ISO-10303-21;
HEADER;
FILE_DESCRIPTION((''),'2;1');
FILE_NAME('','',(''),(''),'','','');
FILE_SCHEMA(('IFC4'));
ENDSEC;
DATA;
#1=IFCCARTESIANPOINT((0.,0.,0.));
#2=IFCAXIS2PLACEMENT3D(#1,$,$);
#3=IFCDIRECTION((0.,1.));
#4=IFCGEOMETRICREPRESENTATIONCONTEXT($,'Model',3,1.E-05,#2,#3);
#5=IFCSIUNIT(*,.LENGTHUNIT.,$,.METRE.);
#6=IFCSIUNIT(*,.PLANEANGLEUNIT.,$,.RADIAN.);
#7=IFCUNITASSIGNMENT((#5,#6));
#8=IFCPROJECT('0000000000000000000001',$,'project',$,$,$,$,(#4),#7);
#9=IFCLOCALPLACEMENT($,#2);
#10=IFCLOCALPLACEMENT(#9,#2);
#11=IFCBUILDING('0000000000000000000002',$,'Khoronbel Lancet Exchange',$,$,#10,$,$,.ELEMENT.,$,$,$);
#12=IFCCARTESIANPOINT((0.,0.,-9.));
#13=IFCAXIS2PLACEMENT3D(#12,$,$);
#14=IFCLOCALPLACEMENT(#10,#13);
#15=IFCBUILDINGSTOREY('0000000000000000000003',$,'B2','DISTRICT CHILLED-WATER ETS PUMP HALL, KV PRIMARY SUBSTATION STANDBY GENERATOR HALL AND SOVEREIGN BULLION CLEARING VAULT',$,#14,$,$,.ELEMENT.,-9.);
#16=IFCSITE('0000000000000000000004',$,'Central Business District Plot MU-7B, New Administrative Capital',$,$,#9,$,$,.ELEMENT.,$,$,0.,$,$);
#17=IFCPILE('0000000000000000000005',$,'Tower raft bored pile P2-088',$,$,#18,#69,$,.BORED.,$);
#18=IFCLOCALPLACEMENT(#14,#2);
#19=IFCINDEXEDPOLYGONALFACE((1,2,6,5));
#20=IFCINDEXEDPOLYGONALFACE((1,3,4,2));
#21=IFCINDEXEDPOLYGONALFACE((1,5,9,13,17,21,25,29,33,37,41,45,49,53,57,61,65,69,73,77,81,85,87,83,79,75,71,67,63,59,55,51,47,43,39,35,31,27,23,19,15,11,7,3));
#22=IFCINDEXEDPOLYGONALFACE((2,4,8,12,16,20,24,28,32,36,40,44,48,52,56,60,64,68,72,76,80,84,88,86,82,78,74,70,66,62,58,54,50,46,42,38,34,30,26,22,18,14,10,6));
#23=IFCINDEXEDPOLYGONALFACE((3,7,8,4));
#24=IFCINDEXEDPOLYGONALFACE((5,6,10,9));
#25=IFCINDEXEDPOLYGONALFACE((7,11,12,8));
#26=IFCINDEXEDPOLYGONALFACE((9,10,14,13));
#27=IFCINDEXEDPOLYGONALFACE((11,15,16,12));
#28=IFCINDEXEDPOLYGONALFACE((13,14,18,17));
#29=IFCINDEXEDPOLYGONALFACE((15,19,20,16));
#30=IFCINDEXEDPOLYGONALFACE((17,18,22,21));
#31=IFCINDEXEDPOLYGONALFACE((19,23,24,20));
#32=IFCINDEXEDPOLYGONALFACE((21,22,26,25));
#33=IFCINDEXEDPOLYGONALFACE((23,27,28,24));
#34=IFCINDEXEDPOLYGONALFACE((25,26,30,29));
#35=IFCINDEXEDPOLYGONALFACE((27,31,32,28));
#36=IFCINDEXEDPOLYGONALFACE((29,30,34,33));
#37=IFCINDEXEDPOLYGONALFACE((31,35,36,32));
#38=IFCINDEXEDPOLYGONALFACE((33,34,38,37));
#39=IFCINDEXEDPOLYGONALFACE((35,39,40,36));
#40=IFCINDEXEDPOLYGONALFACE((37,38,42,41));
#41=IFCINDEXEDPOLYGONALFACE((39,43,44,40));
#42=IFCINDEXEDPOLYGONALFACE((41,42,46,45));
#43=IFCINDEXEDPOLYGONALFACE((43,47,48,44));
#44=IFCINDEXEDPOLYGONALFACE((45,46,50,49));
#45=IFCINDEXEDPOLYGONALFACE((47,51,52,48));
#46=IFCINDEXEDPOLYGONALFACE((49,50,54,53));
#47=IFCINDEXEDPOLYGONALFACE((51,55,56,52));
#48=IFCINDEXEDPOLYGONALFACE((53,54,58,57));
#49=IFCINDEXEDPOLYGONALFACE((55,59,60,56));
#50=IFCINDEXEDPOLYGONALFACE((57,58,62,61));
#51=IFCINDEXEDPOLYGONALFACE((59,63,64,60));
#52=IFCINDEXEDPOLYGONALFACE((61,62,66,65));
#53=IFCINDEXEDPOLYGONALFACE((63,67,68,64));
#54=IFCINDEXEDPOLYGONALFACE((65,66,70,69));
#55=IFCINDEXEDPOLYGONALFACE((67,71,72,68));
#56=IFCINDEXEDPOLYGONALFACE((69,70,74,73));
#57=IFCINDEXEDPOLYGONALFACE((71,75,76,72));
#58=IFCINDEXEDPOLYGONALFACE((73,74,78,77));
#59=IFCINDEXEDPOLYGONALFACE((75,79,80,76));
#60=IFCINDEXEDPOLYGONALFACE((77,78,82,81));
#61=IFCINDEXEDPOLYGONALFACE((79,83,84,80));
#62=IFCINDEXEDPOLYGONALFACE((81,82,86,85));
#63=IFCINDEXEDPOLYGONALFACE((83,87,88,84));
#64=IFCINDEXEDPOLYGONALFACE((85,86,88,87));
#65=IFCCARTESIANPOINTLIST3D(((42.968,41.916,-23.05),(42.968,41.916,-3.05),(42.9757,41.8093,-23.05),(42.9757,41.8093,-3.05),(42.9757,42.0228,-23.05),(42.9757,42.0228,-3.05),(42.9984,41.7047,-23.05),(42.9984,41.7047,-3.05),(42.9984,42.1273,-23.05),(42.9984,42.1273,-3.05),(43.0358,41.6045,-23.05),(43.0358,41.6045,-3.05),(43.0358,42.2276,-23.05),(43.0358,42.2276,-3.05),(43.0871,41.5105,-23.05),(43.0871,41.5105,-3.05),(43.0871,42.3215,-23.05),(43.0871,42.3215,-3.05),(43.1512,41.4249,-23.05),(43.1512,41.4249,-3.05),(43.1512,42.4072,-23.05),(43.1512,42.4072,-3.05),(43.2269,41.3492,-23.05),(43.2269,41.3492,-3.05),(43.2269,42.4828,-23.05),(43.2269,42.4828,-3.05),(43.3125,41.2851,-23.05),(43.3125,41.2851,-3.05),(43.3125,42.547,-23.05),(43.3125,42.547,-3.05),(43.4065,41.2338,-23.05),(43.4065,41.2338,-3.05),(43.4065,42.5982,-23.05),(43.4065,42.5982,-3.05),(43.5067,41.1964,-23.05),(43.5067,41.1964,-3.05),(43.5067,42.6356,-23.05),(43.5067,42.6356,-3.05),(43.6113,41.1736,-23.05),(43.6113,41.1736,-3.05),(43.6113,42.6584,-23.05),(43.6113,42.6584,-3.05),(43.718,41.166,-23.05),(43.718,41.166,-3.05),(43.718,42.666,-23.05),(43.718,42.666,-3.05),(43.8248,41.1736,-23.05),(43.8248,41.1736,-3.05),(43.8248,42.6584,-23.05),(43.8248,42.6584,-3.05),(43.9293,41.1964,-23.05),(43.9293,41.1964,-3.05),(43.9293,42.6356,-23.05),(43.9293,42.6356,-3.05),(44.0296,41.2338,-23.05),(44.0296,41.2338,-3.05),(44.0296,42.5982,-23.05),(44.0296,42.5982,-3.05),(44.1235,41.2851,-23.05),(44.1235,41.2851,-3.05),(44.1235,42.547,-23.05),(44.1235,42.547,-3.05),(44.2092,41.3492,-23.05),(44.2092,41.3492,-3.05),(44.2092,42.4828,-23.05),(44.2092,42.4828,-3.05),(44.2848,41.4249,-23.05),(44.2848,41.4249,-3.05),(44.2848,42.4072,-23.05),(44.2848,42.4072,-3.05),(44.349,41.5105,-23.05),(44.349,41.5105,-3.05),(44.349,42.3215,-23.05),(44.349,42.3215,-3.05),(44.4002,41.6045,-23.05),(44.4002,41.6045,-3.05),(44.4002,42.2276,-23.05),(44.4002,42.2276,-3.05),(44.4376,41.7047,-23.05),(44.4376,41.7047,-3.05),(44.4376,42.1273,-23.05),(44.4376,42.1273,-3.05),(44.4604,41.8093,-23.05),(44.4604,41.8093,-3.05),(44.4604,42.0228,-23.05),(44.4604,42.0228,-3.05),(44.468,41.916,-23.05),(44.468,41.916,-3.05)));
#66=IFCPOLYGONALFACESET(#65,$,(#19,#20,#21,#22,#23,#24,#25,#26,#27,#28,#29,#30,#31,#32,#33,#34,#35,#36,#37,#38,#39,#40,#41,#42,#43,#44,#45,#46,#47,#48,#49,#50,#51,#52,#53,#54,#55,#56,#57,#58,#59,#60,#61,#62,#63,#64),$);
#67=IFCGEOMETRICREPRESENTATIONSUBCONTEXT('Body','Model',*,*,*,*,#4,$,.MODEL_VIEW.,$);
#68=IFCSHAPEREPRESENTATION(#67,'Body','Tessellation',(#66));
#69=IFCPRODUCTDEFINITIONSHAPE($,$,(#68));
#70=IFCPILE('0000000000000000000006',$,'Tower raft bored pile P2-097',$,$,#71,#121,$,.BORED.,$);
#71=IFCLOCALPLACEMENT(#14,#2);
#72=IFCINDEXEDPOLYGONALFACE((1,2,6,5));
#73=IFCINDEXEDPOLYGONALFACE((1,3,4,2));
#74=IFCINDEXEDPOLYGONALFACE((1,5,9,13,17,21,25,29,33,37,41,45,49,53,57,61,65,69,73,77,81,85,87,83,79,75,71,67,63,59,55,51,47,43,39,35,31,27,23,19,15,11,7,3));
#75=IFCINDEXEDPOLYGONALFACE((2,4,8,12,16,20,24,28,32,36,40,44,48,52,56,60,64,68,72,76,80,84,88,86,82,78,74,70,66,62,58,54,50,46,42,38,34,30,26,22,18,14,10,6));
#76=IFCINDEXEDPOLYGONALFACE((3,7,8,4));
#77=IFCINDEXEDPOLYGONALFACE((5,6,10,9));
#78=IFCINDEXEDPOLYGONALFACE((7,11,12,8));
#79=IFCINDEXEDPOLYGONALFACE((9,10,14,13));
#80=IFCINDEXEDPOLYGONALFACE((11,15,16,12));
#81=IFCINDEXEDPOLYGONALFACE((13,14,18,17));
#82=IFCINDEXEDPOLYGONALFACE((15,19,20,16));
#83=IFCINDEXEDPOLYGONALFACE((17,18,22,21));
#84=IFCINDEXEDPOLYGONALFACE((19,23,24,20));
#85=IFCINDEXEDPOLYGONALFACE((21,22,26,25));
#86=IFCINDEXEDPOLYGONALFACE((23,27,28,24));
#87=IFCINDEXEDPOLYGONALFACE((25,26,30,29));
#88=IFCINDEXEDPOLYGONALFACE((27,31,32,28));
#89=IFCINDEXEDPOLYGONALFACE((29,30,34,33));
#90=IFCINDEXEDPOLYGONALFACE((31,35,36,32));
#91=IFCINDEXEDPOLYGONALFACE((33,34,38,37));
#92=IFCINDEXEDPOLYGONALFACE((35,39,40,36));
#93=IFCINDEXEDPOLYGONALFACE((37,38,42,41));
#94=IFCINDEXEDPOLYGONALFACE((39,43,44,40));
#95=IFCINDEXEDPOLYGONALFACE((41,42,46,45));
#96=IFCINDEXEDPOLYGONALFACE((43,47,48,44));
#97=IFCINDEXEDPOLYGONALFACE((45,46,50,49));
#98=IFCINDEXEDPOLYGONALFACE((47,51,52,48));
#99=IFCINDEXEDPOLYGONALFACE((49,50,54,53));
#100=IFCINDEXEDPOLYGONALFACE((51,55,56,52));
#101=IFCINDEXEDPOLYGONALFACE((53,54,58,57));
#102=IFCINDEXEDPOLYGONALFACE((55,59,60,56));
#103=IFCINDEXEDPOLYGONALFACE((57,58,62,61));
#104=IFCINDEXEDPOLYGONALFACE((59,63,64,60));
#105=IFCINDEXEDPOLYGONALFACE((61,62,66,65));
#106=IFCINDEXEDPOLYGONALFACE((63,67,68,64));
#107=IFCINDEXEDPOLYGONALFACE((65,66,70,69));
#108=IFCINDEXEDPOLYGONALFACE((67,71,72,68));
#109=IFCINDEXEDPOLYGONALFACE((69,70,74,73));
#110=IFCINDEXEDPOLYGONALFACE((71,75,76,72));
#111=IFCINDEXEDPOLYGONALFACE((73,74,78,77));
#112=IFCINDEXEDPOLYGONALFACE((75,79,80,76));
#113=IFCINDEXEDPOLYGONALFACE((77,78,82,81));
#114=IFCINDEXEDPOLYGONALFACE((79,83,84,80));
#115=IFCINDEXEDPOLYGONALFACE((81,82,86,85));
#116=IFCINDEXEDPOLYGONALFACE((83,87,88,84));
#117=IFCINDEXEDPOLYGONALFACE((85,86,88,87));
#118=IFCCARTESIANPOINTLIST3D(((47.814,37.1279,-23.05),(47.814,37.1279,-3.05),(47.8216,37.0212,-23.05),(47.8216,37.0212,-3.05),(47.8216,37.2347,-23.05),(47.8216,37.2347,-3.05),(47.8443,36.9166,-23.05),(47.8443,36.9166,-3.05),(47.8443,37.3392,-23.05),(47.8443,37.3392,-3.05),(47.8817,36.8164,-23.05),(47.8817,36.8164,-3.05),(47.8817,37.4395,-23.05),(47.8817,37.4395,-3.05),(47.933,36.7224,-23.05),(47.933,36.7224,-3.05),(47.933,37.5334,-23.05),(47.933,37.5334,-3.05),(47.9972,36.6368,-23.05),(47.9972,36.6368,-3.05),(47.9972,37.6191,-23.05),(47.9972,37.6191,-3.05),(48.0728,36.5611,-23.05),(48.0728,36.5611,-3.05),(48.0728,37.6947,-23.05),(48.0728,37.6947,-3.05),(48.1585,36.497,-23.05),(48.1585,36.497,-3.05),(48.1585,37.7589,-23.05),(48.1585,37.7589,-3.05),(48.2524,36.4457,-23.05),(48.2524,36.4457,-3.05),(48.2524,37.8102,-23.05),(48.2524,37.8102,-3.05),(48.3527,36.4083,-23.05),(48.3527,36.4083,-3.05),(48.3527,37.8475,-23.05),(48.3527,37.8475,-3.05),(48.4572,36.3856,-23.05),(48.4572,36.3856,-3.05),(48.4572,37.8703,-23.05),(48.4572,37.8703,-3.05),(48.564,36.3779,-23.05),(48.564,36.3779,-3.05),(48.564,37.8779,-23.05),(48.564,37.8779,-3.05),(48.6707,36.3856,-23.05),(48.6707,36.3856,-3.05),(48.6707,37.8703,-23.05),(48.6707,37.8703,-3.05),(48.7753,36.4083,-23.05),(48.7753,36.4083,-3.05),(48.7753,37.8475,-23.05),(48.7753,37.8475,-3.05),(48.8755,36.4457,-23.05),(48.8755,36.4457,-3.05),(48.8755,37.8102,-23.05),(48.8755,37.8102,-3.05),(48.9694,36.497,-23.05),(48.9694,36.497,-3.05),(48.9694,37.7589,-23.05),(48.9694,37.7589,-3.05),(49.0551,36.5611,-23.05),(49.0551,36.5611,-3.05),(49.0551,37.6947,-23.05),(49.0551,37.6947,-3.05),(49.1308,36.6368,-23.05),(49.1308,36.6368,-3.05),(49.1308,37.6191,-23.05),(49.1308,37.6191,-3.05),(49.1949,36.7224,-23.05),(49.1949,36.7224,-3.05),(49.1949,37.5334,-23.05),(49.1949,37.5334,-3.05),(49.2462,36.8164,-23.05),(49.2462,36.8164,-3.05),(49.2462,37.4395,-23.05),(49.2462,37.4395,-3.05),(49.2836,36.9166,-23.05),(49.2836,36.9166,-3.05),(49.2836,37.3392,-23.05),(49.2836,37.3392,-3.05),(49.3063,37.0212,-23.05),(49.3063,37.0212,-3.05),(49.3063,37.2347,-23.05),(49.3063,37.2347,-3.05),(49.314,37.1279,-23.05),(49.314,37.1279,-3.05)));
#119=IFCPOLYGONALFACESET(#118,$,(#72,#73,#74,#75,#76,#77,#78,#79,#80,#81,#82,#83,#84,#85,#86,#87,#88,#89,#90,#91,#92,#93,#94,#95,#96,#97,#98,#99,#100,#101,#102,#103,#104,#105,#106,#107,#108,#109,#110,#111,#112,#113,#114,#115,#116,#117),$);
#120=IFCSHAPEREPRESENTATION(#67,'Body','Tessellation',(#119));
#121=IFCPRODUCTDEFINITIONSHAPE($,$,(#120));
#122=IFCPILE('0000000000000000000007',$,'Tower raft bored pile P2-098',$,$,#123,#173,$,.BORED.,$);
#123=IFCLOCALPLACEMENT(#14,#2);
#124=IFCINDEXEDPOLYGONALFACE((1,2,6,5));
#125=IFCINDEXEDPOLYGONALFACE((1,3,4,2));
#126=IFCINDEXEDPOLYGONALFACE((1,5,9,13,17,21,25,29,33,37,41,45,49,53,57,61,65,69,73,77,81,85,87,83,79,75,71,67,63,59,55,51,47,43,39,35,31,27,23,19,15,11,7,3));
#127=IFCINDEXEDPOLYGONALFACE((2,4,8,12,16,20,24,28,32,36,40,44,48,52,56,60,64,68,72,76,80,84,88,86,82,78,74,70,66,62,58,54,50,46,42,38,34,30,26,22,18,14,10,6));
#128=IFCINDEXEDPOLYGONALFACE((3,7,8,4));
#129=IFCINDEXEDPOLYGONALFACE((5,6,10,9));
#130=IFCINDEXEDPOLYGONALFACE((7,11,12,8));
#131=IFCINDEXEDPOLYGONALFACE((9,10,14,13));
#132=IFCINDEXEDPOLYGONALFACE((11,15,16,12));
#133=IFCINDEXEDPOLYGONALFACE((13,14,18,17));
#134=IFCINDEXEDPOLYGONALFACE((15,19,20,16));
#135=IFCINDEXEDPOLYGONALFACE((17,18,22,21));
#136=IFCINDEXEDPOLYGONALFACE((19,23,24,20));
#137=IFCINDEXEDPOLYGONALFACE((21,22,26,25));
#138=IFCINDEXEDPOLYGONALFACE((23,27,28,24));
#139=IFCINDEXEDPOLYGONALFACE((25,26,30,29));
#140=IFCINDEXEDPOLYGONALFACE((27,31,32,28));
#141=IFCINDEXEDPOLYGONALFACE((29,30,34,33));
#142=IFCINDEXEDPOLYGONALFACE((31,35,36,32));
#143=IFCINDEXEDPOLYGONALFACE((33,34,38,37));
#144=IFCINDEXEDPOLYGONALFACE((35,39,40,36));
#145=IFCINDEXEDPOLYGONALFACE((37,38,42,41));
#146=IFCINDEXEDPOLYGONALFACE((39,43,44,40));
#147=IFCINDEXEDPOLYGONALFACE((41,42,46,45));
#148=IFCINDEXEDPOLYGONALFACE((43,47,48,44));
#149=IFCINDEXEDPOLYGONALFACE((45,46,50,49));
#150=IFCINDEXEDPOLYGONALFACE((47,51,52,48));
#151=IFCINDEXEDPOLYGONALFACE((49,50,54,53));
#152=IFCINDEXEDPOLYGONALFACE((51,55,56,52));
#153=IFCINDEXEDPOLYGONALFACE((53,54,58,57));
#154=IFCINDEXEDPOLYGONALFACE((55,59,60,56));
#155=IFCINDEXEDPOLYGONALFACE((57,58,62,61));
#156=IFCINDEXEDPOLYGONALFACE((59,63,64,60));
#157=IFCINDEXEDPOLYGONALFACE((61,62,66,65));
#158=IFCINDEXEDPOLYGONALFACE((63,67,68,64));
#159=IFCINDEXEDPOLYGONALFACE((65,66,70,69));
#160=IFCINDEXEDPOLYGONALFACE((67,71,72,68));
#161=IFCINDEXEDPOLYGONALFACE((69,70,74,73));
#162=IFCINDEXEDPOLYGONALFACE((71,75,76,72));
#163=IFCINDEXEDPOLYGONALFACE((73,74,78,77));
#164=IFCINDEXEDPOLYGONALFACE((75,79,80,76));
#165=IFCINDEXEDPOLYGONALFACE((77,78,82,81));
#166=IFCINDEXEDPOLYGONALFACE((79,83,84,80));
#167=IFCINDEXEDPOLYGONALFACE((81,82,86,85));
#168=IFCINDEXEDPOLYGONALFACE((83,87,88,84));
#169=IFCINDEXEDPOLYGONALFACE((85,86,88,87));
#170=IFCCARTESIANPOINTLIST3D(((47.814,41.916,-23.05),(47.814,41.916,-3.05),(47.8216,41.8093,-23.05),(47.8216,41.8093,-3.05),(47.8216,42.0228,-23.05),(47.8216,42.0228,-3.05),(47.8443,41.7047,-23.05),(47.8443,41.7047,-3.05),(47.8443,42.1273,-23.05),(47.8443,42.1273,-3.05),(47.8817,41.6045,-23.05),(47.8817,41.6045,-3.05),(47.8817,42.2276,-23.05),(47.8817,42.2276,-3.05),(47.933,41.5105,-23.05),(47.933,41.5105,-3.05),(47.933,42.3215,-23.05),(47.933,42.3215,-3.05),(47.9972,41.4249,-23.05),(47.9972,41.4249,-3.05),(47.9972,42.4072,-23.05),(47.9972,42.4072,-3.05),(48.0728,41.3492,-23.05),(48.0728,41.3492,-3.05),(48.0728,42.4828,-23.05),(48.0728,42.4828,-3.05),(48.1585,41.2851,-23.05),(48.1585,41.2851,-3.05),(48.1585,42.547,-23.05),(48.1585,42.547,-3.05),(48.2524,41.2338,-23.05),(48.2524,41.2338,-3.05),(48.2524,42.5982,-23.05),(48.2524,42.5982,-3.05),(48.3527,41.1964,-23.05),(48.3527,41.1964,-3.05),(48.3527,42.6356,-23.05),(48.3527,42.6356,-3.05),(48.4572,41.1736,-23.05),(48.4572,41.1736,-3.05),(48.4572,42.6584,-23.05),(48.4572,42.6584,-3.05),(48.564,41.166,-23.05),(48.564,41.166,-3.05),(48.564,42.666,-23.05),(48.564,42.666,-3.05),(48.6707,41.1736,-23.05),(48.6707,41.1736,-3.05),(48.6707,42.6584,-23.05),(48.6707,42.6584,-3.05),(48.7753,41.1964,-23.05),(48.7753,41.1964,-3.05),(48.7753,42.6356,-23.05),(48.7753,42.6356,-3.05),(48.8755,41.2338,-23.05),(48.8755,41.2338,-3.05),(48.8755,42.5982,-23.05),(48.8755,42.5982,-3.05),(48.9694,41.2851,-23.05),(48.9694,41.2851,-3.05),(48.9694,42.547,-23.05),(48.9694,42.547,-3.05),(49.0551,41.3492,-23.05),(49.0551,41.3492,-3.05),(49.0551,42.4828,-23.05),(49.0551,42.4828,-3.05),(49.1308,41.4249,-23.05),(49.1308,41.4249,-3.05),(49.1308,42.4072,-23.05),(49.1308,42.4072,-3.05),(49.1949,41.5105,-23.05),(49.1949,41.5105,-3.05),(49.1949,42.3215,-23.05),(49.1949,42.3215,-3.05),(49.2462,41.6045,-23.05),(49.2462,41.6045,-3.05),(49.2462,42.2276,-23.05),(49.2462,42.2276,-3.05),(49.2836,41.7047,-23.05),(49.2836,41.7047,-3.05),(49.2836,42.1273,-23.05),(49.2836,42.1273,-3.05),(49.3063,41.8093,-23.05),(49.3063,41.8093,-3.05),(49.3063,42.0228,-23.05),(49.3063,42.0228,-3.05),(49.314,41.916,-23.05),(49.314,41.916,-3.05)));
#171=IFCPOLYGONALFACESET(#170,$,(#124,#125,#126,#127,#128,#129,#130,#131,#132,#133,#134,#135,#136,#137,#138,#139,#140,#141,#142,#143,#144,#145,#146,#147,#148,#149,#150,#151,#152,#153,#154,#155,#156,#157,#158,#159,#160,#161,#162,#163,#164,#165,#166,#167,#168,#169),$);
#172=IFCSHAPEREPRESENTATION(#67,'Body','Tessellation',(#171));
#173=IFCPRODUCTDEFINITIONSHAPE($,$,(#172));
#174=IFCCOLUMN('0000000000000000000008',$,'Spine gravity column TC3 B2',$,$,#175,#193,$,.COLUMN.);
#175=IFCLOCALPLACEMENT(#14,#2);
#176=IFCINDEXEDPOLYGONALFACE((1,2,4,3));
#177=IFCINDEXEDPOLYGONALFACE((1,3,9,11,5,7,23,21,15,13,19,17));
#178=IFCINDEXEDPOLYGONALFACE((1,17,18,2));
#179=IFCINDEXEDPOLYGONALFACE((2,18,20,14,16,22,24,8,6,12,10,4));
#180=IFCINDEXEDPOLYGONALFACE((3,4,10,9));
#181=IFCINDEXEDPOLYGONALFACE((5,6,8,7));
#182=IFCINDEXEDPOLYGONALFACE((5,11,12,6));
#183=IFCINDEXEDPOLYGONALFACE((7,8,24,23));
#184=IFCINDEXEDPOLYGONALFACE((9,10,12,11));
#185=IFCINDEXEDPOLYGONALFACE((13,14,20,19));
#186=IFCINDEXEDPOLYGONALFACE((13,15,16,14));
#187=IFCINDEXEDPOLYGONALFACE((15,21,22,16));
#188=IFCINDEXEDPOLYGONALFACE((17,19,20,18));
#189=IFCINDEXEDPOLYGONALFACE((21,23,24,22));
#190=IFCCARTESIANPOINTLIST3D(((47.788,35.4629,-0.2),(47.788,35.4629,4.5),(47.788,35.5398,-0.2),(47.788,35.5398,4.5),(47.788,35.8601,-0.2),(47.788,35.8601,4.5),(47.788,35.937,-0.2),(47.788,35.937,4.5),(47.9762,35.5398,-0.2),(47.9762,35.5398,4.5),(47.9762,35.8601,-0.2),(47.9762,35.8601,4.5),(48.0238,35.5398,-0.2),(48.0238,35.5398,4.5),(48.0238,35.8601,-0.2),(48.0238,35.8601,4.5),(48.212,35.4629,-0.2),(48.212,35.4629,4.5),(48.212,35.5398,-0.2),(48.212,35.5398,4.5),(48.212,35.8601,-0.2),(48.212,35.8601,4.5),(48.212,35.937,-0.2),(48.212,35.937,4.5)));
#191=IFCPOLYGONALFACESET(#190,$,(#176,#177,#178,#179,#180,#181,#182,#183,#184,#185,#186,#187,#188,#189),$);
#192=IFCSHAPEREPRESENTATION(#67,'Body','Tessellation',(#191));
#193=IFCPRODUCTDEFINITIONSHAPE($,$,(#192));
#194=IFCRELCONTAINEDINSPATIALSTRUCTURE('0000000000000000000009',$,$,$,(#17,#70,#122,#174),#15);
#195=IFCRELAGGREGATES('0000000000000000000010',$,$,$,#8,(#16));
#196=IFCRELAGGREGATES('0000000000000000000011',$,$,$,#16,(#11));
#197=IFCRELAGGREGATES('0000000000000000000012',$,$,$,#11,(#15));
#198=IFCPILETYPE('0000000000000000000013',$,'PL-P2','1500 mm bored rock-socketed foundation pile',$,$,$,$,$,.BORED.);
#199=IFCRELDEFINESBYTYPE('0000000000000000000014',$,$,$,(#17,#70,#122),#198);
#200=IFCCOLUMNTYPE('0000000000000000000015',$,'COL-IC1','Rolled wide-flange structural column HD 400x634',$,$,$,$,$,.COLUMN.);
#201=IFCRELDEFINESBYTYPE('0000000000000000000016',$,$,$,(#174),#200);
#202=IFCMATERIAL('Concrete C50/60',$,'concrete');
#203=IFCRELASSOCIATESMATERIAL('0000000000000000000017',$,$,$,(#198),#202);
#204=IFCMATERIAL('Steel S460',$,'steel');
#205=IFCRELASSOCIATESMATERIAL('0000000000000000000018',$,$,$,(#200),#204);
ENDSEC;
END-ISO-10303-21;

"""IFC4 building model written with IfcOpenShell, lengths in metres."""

from ifc_helpers import new_model, si_unit, direction, frame, origin, origin_2d, place, context, subcontext, project, spatial, circle, i_section, extrude, material, material_profile, profile_set, type_object, element, save


model = new_model("IFC4")

# Units and contexts
model_context = context("Model", 3, precision=1e-05, world=origin(), true_north=direction((0.0, 1.0)))
body_context = subcontext(model_context, "Body", "Model", "MODEL_VIEW")
ifc_project = project(units=[si_unit("LENGTHUNIT", "METRE"), si_unit("PLANEANGLEUNIT", "RADIAN")], contexts=[model_context])

# Site, building, storey
site_placement = place(None, origin())
site = spatial("IfcSite", under=ifc_project, at=site_placement, Name="Central Business District Plot MU-7B, New Administrative Capital", CompositionType="ELEMENT", RefElevation=0.0)
building_placement = place(site_placement, origin())
building = spatial("IfcBuilding", under=site, at=building_placement, Name="Khoronbel Lancet Exchange", CompositionType="ELEMENT")
storey_placement = place(building_placement, frame((0.0, 0.0, -9.0)))
storey = spatial("IfcBuildingStorey", under=building, at=storey_placement, Name="B2", Description="DISTRICT CHILLED-WATER ETS PUMP HALL, KV PRIMARY SUBSTATION STANDBY GENERATOR HALL AND SOVEREIGN BULLION CLEARING VAULT", CompositionType="ELEMENT", Elevation=-9.0)

# Piles
ifc_material_1 = material(Name="Concrete C50/60", Category="concrete")
ifc_material_profile_1 = material_profile(ifc_material_1, circle(Radius=0.75, at=origin_2d()), Name="BORED PILE D1500")
ifc_profile_set_1 = profile_set([ifc_material_profile_1], Name="Concrete C50/60")
pile_type = type_object("IfcPileType", Name="PL-P2", Description="1500 mm bored rock-socketed foundation pile", PredefinedType="BORED", material=ifc_profile_set_1)
for number, where, z_axis, x_axis, name in (
    (1, (43.718, 41.916, -3.05), (0.0, 0.0, -1.0), (1.0, 0.0, 0.0), "Tower raft bored pile P2-088"),
    (2, (48.564, 37.1279, -3.05), (0.0, 0.0, -1.0), (1.0, 0.0, 0.0), "Tower raft bored pile P2-097"),
    (3, (48.564, 41.916, -3.05), (0.0, 0.0, -1.0), (1.0, 0.0, 0.0), "Tower raft bored pile P2-098"),
):
    element("IfcPile", number, at=place(storey_placement, frame(where, z_axis=z_axis, x_axis=x_axis)), inside=storey, type_object=pile_type, Name=name, PredefinedType="BORED", context=body_context, shape_type="SweptSolid", body=[
        extrude(circle(Radius=0.75, at=origin_2d()), origin(), (0.0, 0.0, 1.0), 20.0),
    ])

# Column
ifc_material_2 = material(Name="Steel S460", Category="steel")
ifc_material_profile_2 = material_profile(ifc_material_2, i_section(OverallWidth=0.4241, OverallDepth=0.4741, WebThickness=0.0476, FlangeThickness=0.0769, at=origin_2d()), Name="HD 400x634")
ifc_profile_set_2 = profile_set([ifc_material_profile_2], Name="Steel S460")
column_type = type_object("IfcColumnType", Name="COL-IC1", Description="Rolled wide-flange structural column HD 400x634", PredefinedType="COLUMN", material=ifc_profile_set_2)
for number, where, z_axis, x_axis, name in (
    (4, (48.0, 35.7, -0.2), (0.0, 0.0, 1.0), (1.0, 0.0, 0.0), "Spine gravity column TC3 B2"),
):
    element("IfcColumn", number, at=place(storey_placement, frame(where, z_axis=z_axis, x_axis=x_axis)), inside=storey, type_object=column_type, Name=name, PredefinedType="COLUMN", context=body_context, shape_type="SweptSolid", body=[
        extrude(i_section(OverallWidth=0.4241, OverallDepth=0.4741, WebThickness=0.0476, FlangeThickness=0.0769, at=origin_2d()), origin(), (0.0, 0.0, 1.0), 4.7),
    ])

save(model, "model.ifc")
